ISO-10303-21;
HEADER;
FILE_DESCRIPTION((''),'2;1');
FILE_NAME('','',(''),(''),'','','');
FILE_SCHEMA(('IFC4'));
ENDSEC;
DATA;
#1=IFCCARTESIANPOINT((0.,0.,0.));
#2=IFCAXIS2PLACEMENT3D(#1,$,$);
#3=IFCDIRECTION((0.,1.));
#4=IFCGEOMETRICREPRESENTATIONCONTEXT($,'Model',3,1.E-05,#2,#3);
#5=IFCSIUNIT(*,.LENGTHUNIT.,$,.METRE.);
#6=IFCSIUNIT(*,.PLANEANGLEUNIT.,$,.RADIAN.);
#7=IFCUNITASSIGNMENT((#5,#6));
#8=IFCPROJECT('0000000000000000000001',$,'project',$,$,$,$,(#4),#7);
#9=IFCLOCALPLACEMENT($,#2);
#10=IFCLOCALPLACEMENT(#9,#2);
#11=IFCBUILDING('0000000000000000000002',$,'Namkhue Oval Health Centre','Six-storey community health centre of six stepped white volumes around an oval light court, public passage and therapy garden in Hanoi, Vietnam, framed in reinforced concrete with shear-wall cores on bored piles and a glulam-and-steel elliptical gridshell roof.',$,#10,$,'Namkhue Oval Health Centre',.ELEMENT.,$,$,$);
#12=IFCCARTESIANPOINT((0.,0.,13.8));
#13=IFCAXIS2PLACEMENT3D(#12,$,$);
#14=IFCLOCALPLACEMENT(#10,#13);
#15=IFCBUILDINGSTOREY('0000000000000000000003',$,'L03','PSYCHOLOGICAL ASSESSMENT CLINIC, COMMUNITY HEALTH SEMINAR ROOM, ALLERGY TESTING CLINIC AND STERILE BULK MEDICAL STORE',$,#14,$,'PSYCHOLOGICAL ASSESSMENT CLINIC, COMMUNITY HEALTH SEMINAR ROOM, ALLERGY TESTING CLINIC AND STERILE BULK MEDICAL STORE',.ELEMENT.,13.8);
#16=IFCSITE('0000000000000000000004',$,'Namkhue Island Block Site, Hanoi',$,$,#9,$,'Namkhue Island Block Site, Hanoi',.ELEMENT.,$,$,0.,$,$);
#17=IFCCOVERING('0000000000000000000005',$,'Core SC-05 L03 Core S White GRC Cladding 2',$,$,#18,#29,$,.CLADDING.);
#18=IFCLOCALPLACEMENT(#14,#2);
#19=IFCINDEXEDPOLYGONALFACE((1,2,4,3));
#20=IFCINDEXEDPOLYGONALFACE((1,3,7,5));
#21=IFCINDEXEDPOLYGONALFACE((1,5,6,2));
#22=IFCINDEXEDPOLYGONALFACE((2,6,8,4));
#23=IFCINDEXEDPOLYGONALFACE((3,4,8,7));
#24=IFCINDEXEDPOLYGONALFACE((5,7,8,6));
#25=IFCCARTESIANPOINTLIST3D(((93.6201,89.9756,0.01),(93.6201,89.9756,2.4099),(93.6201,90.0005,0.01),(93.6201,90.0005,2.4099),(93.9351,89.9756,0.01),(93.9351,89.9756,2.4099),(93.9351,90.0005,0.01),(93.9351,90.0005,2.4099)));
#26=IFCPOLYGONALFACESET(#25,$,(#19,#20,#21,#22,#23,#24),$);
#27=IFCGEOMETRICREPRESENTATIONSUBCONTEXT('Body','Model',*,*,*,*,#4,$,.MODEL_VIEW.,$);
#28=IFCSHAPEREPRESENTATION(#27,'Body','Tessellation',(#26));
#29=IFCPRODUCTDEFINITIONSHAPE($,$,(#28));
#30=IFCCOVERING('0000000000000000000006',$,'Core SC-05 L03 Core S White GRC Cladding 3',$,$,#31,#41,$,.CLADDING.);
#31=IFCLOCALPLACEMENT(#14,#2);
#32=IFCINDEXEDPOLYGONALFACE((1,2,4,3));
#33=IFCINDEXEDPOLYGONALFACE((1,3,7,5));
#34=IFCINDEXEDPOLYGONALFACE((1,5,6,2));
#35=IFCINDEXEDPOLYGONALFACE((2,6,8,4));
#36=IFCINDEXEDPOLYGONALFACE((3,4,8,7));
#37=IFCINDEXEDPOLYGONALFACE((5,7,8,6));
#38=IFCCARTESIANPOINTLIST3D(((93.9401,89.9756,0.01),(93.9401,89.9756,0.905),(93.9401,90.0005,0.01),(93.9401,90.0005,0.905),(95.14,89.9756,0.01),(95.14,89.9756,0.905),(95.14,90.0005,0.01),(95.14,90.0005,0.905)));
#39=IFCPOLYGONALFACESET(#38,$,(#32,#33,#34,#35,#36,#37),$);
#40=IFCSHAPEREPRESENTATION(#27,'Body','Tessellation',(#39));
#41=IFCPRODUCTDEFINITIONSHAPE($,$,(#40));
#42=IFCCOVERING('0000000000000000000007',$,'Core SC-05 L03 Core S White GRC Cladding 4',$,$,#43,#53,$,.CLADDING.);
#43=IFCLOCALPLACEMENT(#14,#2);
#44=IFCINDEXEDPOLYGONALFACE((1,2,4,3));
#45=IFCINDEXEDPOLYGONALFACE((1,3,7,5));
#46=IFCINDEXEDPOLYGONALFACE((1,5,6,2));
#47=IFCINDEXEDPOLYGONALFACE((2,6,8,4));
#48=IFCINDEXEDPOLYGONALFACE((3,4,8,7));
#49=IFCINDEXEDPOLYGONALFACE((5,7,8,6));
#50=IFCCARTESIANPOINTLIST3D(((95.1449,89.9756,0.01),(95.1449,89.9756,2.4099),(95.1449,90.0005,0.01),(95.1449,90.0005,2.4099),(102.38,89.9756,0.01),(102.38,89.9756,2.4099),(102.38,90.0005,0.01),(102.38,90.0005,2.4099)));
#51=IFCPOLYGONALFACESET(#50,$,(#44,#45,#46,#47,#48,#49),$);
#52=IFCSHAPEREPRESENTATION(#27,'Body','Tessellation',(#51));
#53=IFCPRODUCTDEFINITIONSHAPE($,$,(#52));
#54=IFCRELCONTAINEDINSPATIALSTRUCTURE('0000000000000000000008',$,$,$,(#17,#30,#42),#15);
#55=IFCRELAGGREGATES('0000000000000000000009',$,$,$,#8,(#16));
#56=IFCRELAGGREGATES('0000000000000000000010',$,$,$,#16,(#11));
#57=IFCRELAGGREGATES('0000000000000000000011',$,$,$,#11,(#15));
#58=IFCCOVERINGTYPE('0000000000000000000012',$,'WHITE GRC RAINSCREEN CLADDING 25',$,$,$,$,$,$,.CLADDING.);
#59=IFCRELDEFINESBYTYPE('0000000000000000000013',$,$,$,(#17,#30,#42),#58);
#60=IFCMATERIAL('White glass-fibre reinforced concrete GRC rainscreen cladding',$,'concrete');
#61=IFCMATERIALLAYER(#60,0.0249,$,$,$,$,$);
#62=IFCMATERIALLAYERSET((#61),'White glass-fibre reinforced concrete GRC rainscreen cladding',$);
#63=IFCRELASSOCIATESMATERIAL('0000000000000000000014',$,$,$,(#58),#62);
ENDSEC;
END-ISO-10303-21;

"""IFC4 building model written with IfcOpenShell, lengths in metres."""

from ifc_helpers import new_model, si_unit, direction, frame, origin, origin_2d, place, context, subcontext, project, spatial, rectangle, extrude, material, layer, layer_set, type_object, element, save


model = new_model("IFC4")

# Units and contexts
model_context = context("Model", 3, precision=1e-05, world=origin(), true_north=direction((0.0, 1.0)))
body_context = subcontext(model_context, "Body", "Model", "MODEL_VIEW")
ifc_project = project(units=[si_unit("LENGTHUNIT", "METRE"), si_unit("PLANEANGLEUNIT", "RADIAN")], contexts=[model_context])

# Site, building, storey
site_placement = place(None, origin())
site = spatial("IfcSite", under=ifc_project, at=site_placement, Name="Namkhue Island Block Site, Hanoi", LongName="Namkhue Island Block Site, Hanoi", CompositionType="ELEMENT", RefElevation=0.0)
building_placement = place(site_placement, origin())
building = spatial("IfcBuilding", under=site, at=building_placement, Name="Namkhue Oval Health Centre", Description="Six-storey community health centre of six stepped white volumes around an oval light court, public passage and therapy garden in Hanoi, Vietnam, framed in reinforced concrete with shear-wall cores on bored piles and a glulam-and-steel elliptical gridshell roof.", LongName="Namkhue Oval Health Centre", CompositionType="ELEMENT")
storey_placement = place(building_placement, frame((0.0, 0.0, 13.8)))
storey = spatial("IfcBuildingStorey", under=building, at=storey_placement, Name="L03", Description="PSYCHOLOGICAL ASSESSMENT CLINIC, COMMUNITY HEALTH SEMINAR ROOM, ALLERGY TESTING CLINIC AND STERILE BULK MEDICAL STORE", LongName="PSYCHOLOGICAL ASSESSMENT CLINIC, COMMUNITY HEALTH SEMINAR ROOM, ALLERGY TESTING CLINIC AND STERILE BULK MEDICAL STORE", CompositionType="ELEMENT", Elevation=13.8)

# Coverings
ifc_material_1 = material(Name="White glass-fibre reinforced concrete GRC rainscreen cladding", Category="concrete")
ifc_layer_1 = layer(ifc_material_1, 0.0249)
ifc_layer_set_1 = layer_set([ifc_layer_1], Name="White glass-fibre reinforced concrete GRC rainscreen cladding")
covering_type = type_object("IfcCoveringType", Name="WHITE GRC RAINSCREEN CLADDING 25", PredefinedType="CLADDING", material=ifc_layer_set_1)
covering_1_placement = place(storey_placement, frame((93.7776, 89.988, 0.01), z_axis=(0.0, 0.0, 1.0), x_axis=(1.0, 0.0, 0.0)))
element("IfcCovering", 1, at=covering_1_placement, inside=storey, type_object=covering_type, Name="Core SC-05 L03 Core S White GRC Cladding 2", PredefinedType="CLADDING", context=body_context, shape_type="SweptSolid", body=[
    extrude(rectangle(XDim=0.3149, YDim=0.0249, at=origin_2d()), origin(), (0.0, 0.0, 1.0), 2.3999),
])
covering_2_placement = place(storey_placement, frame((94.54, 89.988, 0.01), z_axis=(0.0, 0.0, 1.0), x_axis=(1.0, 0.0, 0.0)))
element("IfcCovering", 2, at=covering_2_placement, inside=storey, type_object=covering_type, Name="Core SC-05 L03 Core S White GRC Cladding 3", PredefinedType="CLADDING", context=body_context, shape_type="SweptSolid", body=[
    extrude(rectangle(XDim=1.2, YDim=0.0249, at=origin_2d()), origin(), (0.0, 0.0, 1.0), 0.895),
])
covering_3_placement = place(storey_placement, frame((98.7625, 89.988, 0.01), z_axis=(0.0, 0.0, 1.0), x_axis=(1.0, 0.0, 0.0)))
element("IfcCovering", 3, at=covering_3_placement, inside=storey, type_object=covering_type, Name="Core SC-05 L03 Core S White GRC Cladding 4", PredefinedType="CLADDING", context=body_context, shape_type="SweptSolid", body=[
    extrude(rectangle(XDim=7.2351, YDim=0.0249, at=origin_2d()), origin(), (0.0, 0.0, 1.0), 2.3999),
])

save(model, "model.ifc")
